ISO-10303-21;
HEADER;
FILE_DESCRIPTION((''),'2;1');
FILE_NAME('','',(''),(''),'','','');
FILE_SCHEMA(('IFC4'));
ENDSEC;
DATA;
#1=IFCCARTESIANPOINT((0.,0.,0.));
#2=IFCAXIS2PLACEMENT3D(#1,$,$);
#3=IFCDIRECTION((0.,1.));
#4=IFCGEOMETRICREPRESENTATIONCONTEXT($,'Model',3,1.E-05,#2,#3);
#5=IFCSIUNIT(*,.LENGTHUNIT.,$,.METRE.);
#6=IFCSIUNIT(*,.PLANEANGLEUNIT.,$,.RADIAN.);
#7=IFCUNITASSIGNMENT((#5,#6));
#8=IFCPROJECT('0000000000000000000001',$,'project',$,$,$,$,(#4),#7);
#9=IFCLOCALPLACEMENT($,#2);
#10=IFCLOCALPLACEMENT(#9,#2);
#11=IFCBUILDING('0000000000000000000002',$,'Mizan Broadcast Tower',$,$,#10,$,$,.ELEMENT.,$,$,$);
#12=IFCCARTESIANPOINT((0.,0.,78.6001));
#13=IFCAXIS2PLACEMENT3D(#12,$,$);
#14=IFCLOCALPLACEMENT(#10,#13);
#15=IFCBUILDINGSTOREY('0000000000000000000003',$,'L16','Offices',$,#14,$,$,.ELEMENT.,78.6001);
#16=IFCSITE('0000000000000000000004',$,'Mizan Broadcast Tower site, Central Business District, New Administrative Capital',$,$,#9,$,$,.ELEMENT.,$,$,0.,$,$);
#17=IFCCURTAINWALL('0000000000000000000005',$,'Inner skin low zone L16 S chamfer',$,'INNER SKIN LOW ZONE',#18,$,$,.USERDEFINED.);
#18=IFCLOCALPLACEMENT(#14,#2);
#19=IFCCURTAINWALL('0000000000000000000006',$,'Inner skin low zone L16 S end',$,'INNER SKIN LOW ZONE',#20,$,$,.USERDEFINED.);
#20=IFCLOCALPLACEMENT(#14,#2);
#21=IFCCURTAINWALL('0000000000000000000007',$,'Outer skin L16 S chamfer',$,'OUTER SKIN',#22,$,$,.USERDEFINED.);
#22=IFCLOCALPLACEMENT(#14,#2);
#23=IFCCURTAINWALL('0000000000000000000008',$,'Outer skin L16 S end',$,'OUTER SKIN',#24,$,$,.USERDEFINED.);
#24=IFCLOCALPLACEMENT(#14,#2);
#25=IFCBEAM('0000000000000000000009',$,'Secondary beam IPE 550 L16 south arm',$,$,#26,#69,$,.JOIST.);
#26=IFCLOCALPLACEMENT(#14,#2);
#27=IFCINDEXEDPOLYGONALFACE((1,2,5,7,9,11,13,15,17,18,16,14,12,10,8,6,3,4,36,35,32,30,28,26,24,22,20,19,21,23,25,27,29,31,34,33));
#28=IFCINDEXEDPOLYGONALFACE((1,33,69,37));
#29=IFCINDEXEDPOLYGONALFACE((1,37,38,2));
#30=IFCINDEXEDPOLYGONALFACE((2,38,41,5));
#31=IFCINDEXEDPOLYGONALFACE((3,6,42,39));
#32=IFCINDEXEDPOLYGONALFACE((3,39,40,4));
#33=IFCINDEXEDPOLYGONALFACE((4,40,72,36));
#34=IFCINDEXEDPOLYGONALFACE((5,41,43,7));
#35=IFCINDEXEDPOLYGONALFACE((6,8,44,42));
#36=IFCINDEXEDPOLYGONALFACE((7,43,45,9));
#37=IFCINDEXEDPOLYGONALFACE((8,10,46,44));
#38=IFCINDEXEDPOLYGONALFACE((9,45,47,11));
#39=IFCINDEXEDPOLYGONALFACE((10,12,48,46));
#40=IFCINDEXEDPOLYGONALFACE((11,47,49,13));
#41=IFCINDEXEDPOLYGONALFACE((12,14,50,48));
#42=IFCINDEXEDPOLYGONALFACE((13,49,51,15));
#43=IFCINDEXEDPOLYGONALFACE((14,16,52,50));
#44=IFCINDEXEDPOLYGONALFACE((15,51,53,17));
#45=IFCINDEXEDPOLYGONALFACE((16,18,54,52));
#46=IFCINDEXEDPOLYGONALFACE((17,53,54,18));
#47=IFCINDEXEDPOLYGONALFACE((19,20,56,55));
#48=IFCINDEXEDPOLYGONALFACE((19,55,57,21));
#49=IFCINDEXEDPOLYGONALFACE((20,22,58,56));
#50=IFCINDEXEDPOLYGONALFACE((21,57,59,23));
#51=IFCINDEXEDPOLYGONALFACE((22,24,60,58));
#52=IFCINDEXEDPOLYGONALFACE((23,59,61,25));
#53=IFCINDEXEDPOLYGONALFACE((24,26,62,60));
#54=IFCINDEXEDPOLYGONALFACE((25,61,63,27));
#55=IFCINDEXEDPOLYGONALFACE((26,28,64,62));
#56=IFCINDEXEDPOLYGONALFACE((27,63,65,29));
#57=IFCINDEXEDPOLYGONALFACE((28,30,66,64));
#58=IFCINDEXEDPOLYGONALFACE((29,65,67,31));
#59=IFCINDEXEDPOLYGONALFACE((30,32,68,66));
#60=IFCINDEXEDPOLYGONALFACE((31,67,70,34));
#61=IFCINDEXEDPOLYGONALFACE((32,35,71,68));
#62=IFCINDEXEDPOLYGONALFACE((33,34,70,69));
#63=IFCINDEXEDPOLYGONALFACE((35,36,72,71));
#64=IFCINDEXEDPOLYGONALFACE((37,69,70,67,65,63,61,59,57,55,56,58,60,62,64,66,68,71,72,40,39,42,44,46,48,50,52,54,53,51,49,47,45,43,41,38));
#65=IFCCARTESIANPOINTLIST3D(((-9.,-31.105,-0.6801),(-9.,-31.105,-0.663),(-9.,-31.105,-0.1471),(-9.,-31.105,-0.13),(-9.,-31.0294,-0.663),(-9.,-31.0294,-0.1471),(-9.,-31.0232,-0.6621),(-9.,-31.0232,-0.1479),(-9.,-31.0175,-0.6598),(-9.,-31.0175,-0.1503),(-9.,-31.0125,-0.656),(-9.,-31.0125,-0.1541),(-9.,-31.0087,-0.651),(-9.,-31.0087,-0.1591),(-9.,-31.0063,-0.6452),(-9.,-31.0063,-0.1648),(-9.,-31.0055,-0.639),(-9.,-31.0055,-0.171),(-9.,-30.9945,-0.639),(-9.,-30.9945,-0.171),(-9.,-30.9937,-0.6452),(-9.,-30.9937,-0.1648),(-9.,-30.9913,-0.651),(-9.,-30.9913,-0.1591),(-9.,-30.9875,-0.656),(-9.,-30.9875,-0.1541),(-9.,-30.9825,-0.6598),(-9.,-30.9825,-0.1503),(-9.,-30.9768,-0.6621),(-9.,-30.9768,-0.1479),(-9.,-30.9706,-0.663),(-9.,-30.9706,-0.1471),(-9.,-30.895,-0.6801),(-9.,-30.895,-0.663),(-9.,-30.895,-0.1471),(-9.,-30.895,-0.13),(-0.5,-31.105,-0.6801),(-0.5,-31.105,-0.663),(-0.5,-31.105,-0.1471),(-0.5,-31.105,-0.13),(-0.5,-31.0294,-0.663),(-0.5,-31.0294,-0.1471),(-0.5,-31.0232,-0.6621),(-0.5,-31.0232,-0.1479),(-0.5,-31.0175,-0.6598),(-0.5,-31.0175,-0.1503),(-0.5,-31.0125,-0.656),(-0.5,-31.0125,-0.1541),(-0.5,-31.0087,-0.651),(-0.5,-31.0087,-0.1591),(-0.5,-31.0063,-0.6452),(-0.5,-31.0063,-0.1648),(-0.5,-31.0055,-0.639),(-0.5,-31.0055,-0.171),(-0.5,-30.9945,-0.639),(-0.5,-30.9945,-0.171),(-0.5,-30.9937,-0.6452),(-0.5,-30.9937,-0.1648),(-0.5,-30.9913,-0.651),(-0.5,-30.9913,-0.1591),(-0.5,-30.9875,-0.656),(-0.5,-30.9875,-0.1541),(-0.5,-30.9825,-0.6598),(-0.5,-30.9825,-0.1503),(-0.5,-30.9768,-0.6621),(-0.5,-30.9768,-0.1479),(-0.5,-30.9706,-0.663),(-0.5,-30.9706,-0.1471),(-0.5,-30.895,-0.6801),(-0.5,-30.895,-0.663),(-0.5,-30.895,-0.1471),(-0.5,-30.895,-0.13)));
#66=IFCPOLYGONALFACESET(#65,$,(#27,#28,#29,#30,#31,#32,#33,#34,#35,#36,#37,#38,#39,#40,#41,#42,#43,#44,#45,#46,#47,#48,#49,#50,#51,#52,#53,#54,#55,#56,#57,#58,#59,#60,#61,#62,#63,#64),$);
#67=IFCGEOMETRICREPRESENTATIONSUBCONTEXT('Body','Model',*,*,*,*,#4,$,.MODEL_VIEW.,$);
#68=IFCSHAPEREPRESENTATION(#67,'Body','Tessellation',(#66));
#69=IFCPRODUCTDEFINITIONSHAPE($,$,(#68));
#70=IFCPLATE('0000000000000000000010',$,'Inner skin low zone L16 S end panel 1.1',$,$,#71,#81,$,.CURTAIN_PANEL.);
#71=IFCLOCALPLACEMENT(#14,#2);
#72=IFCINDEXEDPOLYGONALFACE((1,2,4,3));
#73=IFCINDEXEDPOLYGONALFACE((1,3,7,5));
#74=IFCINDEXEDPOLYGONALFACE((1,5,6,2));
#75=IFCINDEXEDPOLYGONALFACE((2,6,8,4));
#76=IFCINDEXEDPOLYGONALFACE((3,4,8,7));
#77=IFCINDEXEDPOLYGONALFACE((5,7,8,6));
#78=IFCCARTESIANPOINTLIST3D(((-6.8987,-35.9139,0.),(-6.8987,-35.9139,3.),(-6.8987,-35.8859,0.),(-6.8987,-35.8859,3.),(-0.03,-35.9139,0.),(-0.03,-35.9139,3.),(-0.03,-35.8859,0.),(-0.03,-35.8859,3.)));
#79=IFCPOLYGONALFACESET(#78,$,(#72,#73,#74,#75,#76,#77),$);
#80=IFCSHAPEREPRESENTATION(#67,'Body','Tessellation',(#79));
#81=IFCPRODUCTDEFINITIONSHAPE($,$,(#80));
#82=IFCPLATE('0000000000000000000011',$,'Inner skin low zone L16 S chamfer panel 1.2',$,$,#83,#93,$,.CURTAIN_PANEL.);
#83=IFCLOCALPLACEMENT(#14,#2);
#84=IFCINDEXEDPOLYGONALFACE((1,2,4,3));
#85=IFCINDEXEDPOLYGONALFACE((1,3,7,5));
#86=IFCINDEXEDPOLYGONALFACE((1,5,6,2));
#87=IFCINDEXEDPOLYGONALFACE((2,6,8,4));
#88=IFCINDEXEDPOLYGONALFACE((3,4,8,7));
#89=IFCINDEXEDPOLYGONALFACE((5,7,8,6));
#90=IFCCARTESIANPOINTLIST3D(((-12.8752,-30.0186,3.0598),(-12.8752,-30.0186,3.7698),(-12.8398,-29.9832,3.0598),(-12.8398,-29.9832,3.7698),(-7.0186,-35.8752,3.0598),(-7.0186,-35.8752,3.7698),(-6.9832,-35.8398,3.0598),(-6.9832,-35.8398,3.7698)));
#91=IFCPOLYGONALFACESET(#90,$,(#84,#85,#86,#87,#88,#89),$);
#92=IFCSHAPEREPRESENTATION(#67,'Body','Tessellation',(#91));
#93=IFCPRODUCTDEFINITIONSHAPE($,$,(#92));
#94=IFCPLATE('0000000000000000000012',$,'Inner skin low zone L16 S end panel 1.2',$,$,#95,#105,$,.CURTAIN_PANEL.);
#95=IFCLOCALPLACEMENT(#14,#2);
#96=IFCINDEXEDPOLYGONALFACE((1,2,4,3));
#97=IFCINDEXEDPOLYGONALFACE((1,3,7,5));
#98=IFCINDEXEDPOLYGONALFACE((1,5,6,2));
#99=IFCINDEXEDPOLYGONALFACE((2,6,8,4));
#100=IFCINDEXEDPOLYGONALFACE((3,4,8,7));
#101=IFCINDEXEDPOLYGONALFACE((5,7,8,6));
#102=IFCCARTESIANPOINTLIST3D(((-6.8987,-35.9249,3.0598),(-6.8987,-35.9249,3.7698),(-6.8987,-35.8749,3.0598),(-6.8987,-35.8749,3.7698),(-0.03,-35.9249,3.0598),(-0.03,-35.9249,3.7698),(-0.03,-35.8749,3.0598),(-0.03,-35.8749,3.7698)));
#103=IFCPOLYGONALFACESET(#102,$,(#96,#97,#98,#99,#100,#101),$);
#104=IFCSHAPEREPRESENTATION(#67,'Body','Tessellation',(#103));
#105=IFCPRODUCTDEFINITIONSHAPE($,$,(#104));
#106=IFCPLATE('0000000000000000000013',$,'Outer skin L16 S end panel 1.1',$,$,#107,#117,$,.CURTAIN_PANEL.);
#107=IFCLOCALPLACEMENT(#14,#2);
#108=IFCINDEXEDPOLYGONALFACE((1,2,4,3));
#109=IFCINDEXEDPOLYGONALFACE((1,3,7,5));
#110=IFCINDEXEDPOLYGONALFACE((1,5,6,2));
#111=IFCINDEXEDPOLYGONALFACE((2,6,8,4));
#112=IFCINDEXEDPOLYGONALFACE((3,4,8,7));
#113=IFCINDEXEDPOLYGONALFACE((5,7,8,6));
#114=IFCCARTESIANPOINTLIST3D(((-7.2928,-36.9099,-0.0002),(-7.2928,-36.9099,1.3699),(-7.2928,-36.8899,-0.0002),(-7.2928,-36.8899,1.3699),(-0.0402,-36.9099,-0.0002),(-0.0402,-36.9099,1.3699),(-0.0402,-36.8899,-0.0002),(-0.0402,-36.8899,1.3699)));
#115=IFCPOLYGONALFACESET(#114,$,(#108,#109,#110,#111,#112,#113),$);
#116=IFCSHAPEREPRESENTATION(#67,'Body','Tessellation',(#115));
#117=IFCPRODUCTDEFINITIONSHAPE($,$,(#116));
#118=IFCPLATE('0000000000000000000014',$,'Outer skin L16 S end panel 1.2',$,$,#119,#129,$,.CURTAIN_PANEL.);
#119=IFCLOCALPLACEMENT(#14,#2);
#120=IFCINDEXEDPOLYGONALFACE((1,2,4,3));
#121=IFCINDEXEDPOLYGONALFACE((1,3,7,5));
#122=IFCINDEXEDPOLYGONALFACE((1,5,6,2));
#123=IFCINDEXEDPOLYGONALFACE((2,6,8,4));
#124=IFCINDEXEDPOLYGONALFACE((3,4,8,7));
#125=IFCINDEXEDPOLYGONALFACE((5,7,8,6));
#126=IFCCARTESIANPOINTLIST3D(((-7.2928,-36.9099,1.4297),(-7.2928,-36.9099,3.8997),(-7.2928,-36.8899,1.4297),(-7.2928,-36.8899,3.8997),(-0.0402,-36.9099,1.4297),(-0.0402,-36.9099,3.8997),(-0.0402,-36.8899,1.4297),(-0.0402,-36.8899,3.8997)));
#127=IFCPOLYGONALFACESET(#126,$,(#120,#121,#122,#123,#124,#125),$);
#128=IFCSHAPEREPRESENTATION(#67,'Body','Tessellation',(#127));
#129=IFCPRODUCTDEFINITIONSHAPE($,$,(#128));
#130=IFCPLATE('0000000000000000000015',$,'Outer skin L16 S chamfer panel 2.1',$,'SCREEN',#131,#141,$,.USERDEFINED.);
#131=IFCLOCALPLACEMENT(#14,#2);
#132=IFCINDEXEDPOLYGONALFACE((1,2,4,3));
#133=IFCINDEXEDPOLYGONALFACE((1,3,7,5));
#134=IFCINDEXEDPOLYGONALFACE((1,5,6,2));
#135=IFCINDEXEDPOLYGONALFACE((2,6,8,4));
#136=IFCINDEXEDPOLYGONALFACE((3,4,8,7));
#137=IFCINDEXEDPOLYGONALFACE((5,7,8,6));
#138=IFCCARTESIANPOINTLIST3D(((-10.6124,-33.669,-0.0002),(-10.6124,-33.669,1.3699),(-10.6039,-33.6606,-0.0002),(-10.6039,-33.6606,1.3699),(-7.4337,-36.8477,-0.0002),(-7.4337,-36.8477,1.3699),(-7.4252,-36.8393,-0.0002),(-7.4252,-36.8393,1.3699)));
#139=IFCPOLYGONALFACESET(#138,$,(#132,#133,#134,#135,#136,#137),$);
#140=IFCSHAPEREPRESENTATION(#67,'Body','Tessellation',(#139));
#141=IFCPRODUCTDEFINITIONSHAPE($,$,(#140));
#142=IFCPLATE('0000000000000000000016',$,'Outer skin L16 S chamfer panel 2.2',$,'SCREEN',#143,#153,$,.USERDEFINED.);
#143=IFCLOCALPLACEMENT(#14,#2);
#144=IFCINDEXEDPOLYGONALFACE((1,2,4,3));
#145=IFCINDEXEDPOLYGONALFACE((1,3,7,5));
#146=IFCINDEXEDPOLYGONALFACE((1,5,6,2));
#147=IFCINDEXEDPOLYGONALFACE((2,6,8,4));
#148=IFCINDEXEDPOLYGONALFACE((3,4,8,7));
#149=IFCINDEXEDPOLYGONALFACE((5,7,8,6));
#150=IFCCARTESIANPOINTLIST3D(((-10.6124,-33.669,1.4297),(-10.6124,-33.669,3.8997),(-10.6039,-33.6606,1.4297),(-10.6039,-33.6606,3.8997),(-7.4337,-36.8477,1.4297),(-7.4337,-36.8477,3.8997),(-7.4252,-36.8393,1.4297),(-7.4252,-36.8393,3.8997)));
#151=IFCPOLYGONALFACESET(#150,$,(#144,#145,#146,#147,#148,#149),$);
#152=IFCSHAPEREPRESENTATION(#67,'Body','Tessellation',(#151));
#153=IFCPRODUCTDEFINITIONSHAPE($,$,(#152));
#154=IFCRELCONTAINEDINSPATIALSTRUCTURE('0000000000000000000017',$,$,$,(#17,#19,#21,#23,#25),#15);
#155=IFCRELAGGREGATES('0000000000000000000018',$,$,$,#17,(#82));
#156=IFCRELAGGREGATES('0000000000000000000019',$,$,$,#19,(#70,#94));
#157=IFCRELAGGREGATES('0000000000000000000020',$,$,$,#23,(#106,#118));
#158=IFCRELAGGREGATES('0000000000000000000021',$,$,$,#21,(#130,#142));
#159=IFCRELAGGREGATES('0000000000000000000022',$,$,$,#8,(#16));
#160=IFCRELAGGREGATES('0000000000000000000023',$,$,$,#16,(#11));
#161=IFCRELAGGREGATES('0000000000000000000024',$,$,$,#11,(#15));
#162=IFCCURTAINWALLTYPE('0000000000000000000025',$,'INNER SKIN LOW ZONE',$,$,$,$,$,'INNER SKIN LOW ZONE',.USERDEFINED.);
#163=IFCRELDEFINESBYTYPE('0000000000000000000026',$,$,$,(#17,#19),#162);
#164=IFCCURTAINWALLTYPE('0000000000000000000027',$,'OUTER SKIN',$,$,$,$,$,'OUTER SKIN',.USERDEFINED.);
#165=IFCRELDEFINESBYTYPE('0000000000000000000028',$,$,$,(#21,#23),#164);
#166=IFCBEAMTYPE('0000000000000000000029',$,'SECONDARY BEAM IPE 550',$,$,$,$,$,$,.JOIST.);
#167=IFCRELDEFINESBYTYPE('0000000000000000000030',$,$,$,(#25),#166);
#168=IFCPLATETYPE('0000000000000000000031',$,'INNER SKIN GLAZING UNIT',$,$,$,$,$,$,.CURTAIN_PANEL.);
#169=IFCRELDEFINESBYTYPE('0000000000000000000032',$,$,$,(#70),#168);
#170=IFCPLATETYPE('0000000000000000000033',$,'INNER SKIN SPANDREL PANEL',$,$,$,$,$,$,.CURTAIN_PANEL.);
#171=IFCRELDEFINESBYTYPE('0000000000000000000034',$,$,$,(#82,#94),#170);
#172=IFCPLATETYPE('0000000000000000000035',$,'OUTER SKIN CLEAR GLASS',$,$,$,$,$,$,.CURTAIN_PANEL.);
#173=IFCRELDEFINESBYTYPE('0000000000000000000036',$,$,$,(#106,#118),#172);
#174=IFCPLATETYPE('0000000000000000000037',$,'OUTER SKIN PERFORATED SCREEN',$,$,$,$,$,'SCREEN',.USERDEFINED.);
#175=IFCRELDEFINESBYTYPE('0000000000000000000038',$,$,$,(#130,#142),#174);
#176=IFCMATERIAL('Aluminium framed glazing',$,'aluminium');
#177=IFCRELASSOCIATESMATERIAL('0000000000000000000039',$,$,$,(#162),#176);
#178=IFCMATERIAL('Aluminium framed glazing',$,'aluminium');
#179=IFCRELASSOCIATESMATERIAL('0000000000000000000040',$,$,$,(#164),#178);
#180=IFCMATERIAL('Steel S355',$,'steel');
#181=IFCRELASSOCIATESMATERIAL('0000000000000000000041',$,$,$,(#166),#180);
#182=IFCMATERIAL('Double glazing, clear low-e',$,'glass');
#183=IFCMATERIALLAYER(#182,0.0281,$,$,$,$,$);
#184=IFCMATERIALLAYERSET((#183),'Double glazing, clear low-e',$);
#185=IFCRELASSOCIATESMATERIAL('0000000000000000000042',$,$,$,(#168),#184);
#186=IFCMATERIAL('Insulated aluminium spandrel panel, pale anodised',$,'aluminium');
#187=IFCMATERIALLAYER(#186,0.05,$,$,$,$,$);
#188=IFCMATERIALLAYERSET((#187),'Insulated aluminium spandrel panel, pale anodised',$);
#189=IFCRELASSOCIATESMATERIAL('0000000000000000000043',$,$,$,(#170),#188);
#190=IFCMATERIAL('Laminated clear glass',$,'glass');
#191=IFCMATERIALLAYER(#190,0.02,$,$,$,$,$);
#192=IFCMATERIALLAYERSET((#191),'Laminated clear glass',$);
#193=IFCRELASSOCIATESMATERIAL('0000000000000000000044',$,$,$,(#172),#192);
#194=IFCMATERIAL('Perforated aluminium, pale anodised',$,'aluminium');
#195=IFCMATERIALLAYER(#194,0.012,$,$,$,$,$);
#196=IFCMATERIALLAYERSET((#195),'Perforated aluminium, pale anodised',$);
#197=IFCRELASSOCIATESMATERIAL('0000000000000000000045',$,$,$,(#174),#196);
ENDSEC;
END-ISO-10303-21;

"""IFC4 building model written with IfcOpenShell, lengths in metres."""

from ifc_helpers import new_model, si_unit, direction, frame, origin, origin_2d, place, context, subcontext, project, spatial, rectangle, i_section, extrude, material, layer, layer_set, material_profile, profile_set, type_object, element, aggregate, save


model = new_model("IFC4")

# Units and contexts
model_context = context("Model", 3, precision=1e-05, world=origin(), true_north=direction((0.0, 1.0)))
body_context = subcontext(model_context, "Body", "Model", "MODEL_VIEW")
ifc_project = project(units=[si_unit("LENGTHUNIT", "METRE"), si_unit("PLANEANGLEUNIT", "RADIAN")], contexts=[model_context])

# Site, building, storey
site_placement = place(None, origin())
site = spatial("IfcSite", under=ifc_project, at=site_placement, Name="Mizan Broadcast Tower site, Central Business District, New Administrative Capital", CompositionType="ELEMENT", RefElevation=0.0)
building_placement = place(site_placement, origin())
building = spatial("IfcBuilding", under=site, at=building_placement, Name="Mizan Broadcast Tower", CompositionType="ELEMENT")
storey_placement = place(building_placement, frame((0.0, 0.0, 78.6001)))
storey = spatial("IfcBuildingStorey", under=building, at=storey_placement, Name="L16", Description="Offices", CompositionType="ELEMENT", Elevation=78.6001)

# Curtain walls
ifc_material_1 = material(Name="Aluminium framed glazing", Category="aluminium")
curtain_wall_type_1 = type_object("IfcCurtainWallType", Name="INNER SKIN LOW ZONE", ElementType="INNER SKIN LOW ZONE", PredefinedType="USERDEFINED", material=ifc_material_1)
curtain_wall_1_placement = place(storey_placement, origin())
curtain_wall_1 = element("IfcCurtainWall", 1, at=curtain_wall_1_placement, inside=storey, type_object=curtain_wall_type_1, Name="Inner skin low zone L16 S chamfer", ObjectType="INNER SKIN LOW ZONE", PredefinedType="USERDEFINED")
curtain_wall_2_placement = place(storey_placement, origin())
curtain_wall_2 = element("IfcCurtainWall", 2, at=curtain_wall_2_placement, inside=storey, type_object=curtain_wall_type_1, Name="Inner skin low zone L16 S end", ObjectType="INNER SKIN LOW ZONE", PredefinedType="USERDEFINED")
ifc_material_2 = material(Name="Aluminium framed glazing", Category="aluminium")
curtain_wall_type_2 = type_object("IfcCurtainWallType", Name="OUTER SKIN", ElementType="OUTER SKIN", PredefinedType="USERDEFINED", material=ifc_material_2)
curtain_wall_3_placement = place(storey_placement, origin())
curtain_wall_3 = element("IfcCurtainWall", 3, at=curtain_wall_3_placement, inside=storey, type_object=curtain_wall_type_2, Name="Outer skin L16 S chamfer", ObjectType="OUTER SKIN", PredefinedType="USERDEFINED")
curtain_wall_4_placement = place(storey_placement, origin())
curtain_wall_4 = element("IfcCurtainWall", 4, at=curtain_wall_4_placement, inside=storey, type_object=curtain_wall_type_2, Name="Outer skin L16 S end", ObjectType="OUTER SKIN", PredefinedType="USERDEFINED")

# Beam
ifc_material_3 = material(Name="Steel S355", Category="steel")
ifc_material_profile_1 = material_profile(ifc_material_3, i_section(OverallWidth=0.21, OverallDepth=0.55, WebThickness=0.011, FlangeThickness=0.0171, FilletRadius=0.0239, at=origin_2d()), Name="IPE 550")
ifc_profile_set_1 = profile_set([ifc_material_profile_1], Name="Steel S355")
beam_type_1 = type_object("IfcBeamType", Name="SECONDARY BEAM IPE 550", PredefinedType="JOIST", material=ifc_profile_set_1)
beam_1_placement = place(storey_placement, frame((-9.0, -31.0, -0.405), z_axis=(1.0, 0.0, 0.0), x_axis=(0.0, 1.0, 0.0)))
element("IfcBeam", 5, at=beam_1_placement, inside=storey, type_object=beam_type_1, Name="Secondary beam IPE 550 L16 south arm", PredefinedType="JOIST", context=body_context, shape_type="SweptSolid", body=[
    extrude(i_section(OverallWidth=0.21, OverallDepth=0.55, WebThickness=0.011, FlangeThickness=0.0171, FilletRadius=0.0239, at=origin_2d()), origin(), (0.0, 0.0, 1.0), 8.5),
])

# Plates
ifc_material_4 = material(Name="Double glazing, clear low-e", Category="glass")
ifc_layer_1 = layer(ifc_material_4, 0.0281)
ifc_layer_set_1 = layer_set([ifc_layer_1], Name="Double glazing, clear low-e")
plate_type_1 = type_object("IfcPlateType", Name="INNER SKIN GLAZING UNIT", PredefinedType="CURTAIN_PANEL", material=ifc_layer_set_1)
plate_1_placement = place(storey_placement, frame((-3.4644, -35.8999, 0.0), z_axis=(0.0, 0.0, 1.0), x_axis=(1.0, 0.0, 0.0)))
plate_1 = element("IfcPlate", 6, at=plate_1_placement, type_object=plate_type_1, Name="Inner skin low zone L16 S end panel 1.1", PredefinedType="CURTAIN_PANEL", context=body_context, shape_type="SweptSolid", body=[
    extrude(rectangle(XDim=6.8687, YDim=0.0281, at=origin_2d()), origin(), (0.0, 0.0, 1.0), 3.0),
])
ifc_material_5 = material(Name="Insulated aluminium spandrel panel, pale anodised", Category="aluminium")
ifc_layer_2 = layer(ifc_material_5, 0.05)
ifc_layer_set_2 = layer_set([ifc_layer_2], Name="Insulated aluminium spandrel panel, pale anodised")
plate_type_2 = type_object("IfcPlateType", Name="INNER SKIN SPANDREL PANEL", PredefinedType="CURTAIN_PANEL", material=ifc_layer_set_2)
plate_2_placement = place(storey_placement, frame((-9.9292, -32.9292, 3.0598), z_axis=(0.0, 0.0, 1.0), x_axis=(0.707107, -0.707107, 0.0)))
plate_2 = element("IfcPlate", 7, at=plate_2_placement, type_object=plate_type_2, Name="Inner skin low zone L16 S chamfer panel 1.2", PredefinedType="CURTAIN_PANEL", context=body_context, shape_type="SweptSolid", body=[
    extrude(rectangle(XDim=8.2825, YDim=0.05, at=origin_2d()), origin(), (0.0, 0.0, 1.0), 0.71),
])
aggregate(curtain_wall_1, [plate_2])
plate_3_placement = place(storey_placement, frame((-3.4644, -35.8999, 3.0598), z_axis=(0.0, 0.0, 1.0), x_axis=(1.0, 0.0, 0.0)))
plate_3 = element("IfcPlate", 8, at=plate_3_placement, type_object=plate_type_2, Name="Inner skin low zone L16 S end panel 1.2", PredefinedType="CURTAIN_PANEL", context=body_context, shape_type="SweptSolid", body=[
    extrude(rectangle(XDim=6.8687, YDim=0.05, at=origin_2d()), origin(), (0.0, 0.0, 1.0), 0.71),
])
aggregate(curtain_wall_2, [plate_1, plate_3])
ifc_material_6 = material(Name="Laminated clear glass", Category="glass")
ifc_layer_3 = layer(ifc_material_6, 0.02)
ifc_layer_set_3 = layer_set([ifc_layer_3], Name="Laminated clear glass")
plate_type_3 = type_object("IfcPlateType", Name="OUTER SKIN CLEAR GLASS", PredefinedType="CURTAIN_PANEL", material=ifc_layer_set_3)
plate_4_placement = place(storey_placement, frame((-3.6665, -36.8999, -0.0002), z_axis=(0.0, 0.0, 1.0), x_axis=(1.0, 0.0, 0.0)))
plate_4 = element("IfcPlate", 9, at=plate_4_placement, type_object=plate_type_3, Name="Outer skin L16 S end panel 1.1", PredefinedType="CURTAIN_PANEL", context=body_context, shape_type="SweptSolid", body=[
    extrude(rectangle(XDim=7.2527, YDim=0.02, at=origin_2d()), origin(), (0.0, 0.0, 1.0), 1.3701),
])
plate_5_placement = place(storey_placement, frame((-3.6665, -36.8999, 1.4297), z_axis=(0.0, 0.0, 1.0), x_axis=(1.0, 0.0, 0.0)))
plate_5 = element("IfcPlate", 10, at=plate_5_placement, type_object=plate_type_3, Name="Outer skin L16 S end panel 1.2", PredefinedType="CURTAIN_PANEL", context=body_context, shape_type="SweptSolid", body=[
    extrude(rectangle(XDim=7.2527, YDim=0.02, at=origin_2d()), origin(), (0.0, 0.0, 1.0), 2.47),
])
aggregate(curtain_wall_4, [plate_4, plate_5])
ifc_material_7 = material(Name="Perforated aluminium, pale anodised", Category="aluminium")
ifc_layer_4 = layer(ifc_material_7, 0.012)
ifc_layer_set_4 = layer_set([ifc_layer_4], Name="Perforated aluminium, pale anodised")
plate_type_4 = type_object("IfcPlateType", Name="OUTER SKIN PERFORATED SCREEN", ElementType="SCREEN", PredefinedType="USERDEFINED", material=ifc_layer_set_4)
plate_6_placement = place(storey_placement, frame((-9.0188, -35.2542, -0.0002), z_axis=(0.0, 0.0, 1.0), x_axis=(0.707107, -0.707107, 0.0)))
plate_6 = element("IfcPlate", 11, at=plate_6_placement, type_object=plate_type_4, Name="Outer skin L16 S chamfer panel 2.1", ObjectType="SCREEN", PredefinedType="USERDEFINED", context=body_context, shape_type="SweptSolid", body=[
    extrude(rectangle(XDim=4.4954, YDim=0.012, at=origin_2d()), origin(), (0.0, 0.0, 1.0), 1.3701),
])
plate_7_placement = place(storey_placement, frame((-9.0188, -35.2542, 1.4297), z_axis=(0.0, 0.0, 1.0), x_axis=(0.707107, -0.707107, 0.0)))
plate_7 = element("IfcPlate", 12, at=plate_7_placement, type_object=plate_type_4, Name="Outer skin L16 S chamfer panel 2.2", ObjectType="SCREEN", PredefinedType="USERDEFINED", context=body_context, shape_type="SweptSolid", body=[
    extrude(rectangle(XDim=4.4954, YDim=0.012, at=origin_2d()), origin(), (0.0, 0.0, 1.0), 2.47),
])
aggregate(curtain_wall_3, [plate_6, plate_7])

save(model, "model.ifc")
